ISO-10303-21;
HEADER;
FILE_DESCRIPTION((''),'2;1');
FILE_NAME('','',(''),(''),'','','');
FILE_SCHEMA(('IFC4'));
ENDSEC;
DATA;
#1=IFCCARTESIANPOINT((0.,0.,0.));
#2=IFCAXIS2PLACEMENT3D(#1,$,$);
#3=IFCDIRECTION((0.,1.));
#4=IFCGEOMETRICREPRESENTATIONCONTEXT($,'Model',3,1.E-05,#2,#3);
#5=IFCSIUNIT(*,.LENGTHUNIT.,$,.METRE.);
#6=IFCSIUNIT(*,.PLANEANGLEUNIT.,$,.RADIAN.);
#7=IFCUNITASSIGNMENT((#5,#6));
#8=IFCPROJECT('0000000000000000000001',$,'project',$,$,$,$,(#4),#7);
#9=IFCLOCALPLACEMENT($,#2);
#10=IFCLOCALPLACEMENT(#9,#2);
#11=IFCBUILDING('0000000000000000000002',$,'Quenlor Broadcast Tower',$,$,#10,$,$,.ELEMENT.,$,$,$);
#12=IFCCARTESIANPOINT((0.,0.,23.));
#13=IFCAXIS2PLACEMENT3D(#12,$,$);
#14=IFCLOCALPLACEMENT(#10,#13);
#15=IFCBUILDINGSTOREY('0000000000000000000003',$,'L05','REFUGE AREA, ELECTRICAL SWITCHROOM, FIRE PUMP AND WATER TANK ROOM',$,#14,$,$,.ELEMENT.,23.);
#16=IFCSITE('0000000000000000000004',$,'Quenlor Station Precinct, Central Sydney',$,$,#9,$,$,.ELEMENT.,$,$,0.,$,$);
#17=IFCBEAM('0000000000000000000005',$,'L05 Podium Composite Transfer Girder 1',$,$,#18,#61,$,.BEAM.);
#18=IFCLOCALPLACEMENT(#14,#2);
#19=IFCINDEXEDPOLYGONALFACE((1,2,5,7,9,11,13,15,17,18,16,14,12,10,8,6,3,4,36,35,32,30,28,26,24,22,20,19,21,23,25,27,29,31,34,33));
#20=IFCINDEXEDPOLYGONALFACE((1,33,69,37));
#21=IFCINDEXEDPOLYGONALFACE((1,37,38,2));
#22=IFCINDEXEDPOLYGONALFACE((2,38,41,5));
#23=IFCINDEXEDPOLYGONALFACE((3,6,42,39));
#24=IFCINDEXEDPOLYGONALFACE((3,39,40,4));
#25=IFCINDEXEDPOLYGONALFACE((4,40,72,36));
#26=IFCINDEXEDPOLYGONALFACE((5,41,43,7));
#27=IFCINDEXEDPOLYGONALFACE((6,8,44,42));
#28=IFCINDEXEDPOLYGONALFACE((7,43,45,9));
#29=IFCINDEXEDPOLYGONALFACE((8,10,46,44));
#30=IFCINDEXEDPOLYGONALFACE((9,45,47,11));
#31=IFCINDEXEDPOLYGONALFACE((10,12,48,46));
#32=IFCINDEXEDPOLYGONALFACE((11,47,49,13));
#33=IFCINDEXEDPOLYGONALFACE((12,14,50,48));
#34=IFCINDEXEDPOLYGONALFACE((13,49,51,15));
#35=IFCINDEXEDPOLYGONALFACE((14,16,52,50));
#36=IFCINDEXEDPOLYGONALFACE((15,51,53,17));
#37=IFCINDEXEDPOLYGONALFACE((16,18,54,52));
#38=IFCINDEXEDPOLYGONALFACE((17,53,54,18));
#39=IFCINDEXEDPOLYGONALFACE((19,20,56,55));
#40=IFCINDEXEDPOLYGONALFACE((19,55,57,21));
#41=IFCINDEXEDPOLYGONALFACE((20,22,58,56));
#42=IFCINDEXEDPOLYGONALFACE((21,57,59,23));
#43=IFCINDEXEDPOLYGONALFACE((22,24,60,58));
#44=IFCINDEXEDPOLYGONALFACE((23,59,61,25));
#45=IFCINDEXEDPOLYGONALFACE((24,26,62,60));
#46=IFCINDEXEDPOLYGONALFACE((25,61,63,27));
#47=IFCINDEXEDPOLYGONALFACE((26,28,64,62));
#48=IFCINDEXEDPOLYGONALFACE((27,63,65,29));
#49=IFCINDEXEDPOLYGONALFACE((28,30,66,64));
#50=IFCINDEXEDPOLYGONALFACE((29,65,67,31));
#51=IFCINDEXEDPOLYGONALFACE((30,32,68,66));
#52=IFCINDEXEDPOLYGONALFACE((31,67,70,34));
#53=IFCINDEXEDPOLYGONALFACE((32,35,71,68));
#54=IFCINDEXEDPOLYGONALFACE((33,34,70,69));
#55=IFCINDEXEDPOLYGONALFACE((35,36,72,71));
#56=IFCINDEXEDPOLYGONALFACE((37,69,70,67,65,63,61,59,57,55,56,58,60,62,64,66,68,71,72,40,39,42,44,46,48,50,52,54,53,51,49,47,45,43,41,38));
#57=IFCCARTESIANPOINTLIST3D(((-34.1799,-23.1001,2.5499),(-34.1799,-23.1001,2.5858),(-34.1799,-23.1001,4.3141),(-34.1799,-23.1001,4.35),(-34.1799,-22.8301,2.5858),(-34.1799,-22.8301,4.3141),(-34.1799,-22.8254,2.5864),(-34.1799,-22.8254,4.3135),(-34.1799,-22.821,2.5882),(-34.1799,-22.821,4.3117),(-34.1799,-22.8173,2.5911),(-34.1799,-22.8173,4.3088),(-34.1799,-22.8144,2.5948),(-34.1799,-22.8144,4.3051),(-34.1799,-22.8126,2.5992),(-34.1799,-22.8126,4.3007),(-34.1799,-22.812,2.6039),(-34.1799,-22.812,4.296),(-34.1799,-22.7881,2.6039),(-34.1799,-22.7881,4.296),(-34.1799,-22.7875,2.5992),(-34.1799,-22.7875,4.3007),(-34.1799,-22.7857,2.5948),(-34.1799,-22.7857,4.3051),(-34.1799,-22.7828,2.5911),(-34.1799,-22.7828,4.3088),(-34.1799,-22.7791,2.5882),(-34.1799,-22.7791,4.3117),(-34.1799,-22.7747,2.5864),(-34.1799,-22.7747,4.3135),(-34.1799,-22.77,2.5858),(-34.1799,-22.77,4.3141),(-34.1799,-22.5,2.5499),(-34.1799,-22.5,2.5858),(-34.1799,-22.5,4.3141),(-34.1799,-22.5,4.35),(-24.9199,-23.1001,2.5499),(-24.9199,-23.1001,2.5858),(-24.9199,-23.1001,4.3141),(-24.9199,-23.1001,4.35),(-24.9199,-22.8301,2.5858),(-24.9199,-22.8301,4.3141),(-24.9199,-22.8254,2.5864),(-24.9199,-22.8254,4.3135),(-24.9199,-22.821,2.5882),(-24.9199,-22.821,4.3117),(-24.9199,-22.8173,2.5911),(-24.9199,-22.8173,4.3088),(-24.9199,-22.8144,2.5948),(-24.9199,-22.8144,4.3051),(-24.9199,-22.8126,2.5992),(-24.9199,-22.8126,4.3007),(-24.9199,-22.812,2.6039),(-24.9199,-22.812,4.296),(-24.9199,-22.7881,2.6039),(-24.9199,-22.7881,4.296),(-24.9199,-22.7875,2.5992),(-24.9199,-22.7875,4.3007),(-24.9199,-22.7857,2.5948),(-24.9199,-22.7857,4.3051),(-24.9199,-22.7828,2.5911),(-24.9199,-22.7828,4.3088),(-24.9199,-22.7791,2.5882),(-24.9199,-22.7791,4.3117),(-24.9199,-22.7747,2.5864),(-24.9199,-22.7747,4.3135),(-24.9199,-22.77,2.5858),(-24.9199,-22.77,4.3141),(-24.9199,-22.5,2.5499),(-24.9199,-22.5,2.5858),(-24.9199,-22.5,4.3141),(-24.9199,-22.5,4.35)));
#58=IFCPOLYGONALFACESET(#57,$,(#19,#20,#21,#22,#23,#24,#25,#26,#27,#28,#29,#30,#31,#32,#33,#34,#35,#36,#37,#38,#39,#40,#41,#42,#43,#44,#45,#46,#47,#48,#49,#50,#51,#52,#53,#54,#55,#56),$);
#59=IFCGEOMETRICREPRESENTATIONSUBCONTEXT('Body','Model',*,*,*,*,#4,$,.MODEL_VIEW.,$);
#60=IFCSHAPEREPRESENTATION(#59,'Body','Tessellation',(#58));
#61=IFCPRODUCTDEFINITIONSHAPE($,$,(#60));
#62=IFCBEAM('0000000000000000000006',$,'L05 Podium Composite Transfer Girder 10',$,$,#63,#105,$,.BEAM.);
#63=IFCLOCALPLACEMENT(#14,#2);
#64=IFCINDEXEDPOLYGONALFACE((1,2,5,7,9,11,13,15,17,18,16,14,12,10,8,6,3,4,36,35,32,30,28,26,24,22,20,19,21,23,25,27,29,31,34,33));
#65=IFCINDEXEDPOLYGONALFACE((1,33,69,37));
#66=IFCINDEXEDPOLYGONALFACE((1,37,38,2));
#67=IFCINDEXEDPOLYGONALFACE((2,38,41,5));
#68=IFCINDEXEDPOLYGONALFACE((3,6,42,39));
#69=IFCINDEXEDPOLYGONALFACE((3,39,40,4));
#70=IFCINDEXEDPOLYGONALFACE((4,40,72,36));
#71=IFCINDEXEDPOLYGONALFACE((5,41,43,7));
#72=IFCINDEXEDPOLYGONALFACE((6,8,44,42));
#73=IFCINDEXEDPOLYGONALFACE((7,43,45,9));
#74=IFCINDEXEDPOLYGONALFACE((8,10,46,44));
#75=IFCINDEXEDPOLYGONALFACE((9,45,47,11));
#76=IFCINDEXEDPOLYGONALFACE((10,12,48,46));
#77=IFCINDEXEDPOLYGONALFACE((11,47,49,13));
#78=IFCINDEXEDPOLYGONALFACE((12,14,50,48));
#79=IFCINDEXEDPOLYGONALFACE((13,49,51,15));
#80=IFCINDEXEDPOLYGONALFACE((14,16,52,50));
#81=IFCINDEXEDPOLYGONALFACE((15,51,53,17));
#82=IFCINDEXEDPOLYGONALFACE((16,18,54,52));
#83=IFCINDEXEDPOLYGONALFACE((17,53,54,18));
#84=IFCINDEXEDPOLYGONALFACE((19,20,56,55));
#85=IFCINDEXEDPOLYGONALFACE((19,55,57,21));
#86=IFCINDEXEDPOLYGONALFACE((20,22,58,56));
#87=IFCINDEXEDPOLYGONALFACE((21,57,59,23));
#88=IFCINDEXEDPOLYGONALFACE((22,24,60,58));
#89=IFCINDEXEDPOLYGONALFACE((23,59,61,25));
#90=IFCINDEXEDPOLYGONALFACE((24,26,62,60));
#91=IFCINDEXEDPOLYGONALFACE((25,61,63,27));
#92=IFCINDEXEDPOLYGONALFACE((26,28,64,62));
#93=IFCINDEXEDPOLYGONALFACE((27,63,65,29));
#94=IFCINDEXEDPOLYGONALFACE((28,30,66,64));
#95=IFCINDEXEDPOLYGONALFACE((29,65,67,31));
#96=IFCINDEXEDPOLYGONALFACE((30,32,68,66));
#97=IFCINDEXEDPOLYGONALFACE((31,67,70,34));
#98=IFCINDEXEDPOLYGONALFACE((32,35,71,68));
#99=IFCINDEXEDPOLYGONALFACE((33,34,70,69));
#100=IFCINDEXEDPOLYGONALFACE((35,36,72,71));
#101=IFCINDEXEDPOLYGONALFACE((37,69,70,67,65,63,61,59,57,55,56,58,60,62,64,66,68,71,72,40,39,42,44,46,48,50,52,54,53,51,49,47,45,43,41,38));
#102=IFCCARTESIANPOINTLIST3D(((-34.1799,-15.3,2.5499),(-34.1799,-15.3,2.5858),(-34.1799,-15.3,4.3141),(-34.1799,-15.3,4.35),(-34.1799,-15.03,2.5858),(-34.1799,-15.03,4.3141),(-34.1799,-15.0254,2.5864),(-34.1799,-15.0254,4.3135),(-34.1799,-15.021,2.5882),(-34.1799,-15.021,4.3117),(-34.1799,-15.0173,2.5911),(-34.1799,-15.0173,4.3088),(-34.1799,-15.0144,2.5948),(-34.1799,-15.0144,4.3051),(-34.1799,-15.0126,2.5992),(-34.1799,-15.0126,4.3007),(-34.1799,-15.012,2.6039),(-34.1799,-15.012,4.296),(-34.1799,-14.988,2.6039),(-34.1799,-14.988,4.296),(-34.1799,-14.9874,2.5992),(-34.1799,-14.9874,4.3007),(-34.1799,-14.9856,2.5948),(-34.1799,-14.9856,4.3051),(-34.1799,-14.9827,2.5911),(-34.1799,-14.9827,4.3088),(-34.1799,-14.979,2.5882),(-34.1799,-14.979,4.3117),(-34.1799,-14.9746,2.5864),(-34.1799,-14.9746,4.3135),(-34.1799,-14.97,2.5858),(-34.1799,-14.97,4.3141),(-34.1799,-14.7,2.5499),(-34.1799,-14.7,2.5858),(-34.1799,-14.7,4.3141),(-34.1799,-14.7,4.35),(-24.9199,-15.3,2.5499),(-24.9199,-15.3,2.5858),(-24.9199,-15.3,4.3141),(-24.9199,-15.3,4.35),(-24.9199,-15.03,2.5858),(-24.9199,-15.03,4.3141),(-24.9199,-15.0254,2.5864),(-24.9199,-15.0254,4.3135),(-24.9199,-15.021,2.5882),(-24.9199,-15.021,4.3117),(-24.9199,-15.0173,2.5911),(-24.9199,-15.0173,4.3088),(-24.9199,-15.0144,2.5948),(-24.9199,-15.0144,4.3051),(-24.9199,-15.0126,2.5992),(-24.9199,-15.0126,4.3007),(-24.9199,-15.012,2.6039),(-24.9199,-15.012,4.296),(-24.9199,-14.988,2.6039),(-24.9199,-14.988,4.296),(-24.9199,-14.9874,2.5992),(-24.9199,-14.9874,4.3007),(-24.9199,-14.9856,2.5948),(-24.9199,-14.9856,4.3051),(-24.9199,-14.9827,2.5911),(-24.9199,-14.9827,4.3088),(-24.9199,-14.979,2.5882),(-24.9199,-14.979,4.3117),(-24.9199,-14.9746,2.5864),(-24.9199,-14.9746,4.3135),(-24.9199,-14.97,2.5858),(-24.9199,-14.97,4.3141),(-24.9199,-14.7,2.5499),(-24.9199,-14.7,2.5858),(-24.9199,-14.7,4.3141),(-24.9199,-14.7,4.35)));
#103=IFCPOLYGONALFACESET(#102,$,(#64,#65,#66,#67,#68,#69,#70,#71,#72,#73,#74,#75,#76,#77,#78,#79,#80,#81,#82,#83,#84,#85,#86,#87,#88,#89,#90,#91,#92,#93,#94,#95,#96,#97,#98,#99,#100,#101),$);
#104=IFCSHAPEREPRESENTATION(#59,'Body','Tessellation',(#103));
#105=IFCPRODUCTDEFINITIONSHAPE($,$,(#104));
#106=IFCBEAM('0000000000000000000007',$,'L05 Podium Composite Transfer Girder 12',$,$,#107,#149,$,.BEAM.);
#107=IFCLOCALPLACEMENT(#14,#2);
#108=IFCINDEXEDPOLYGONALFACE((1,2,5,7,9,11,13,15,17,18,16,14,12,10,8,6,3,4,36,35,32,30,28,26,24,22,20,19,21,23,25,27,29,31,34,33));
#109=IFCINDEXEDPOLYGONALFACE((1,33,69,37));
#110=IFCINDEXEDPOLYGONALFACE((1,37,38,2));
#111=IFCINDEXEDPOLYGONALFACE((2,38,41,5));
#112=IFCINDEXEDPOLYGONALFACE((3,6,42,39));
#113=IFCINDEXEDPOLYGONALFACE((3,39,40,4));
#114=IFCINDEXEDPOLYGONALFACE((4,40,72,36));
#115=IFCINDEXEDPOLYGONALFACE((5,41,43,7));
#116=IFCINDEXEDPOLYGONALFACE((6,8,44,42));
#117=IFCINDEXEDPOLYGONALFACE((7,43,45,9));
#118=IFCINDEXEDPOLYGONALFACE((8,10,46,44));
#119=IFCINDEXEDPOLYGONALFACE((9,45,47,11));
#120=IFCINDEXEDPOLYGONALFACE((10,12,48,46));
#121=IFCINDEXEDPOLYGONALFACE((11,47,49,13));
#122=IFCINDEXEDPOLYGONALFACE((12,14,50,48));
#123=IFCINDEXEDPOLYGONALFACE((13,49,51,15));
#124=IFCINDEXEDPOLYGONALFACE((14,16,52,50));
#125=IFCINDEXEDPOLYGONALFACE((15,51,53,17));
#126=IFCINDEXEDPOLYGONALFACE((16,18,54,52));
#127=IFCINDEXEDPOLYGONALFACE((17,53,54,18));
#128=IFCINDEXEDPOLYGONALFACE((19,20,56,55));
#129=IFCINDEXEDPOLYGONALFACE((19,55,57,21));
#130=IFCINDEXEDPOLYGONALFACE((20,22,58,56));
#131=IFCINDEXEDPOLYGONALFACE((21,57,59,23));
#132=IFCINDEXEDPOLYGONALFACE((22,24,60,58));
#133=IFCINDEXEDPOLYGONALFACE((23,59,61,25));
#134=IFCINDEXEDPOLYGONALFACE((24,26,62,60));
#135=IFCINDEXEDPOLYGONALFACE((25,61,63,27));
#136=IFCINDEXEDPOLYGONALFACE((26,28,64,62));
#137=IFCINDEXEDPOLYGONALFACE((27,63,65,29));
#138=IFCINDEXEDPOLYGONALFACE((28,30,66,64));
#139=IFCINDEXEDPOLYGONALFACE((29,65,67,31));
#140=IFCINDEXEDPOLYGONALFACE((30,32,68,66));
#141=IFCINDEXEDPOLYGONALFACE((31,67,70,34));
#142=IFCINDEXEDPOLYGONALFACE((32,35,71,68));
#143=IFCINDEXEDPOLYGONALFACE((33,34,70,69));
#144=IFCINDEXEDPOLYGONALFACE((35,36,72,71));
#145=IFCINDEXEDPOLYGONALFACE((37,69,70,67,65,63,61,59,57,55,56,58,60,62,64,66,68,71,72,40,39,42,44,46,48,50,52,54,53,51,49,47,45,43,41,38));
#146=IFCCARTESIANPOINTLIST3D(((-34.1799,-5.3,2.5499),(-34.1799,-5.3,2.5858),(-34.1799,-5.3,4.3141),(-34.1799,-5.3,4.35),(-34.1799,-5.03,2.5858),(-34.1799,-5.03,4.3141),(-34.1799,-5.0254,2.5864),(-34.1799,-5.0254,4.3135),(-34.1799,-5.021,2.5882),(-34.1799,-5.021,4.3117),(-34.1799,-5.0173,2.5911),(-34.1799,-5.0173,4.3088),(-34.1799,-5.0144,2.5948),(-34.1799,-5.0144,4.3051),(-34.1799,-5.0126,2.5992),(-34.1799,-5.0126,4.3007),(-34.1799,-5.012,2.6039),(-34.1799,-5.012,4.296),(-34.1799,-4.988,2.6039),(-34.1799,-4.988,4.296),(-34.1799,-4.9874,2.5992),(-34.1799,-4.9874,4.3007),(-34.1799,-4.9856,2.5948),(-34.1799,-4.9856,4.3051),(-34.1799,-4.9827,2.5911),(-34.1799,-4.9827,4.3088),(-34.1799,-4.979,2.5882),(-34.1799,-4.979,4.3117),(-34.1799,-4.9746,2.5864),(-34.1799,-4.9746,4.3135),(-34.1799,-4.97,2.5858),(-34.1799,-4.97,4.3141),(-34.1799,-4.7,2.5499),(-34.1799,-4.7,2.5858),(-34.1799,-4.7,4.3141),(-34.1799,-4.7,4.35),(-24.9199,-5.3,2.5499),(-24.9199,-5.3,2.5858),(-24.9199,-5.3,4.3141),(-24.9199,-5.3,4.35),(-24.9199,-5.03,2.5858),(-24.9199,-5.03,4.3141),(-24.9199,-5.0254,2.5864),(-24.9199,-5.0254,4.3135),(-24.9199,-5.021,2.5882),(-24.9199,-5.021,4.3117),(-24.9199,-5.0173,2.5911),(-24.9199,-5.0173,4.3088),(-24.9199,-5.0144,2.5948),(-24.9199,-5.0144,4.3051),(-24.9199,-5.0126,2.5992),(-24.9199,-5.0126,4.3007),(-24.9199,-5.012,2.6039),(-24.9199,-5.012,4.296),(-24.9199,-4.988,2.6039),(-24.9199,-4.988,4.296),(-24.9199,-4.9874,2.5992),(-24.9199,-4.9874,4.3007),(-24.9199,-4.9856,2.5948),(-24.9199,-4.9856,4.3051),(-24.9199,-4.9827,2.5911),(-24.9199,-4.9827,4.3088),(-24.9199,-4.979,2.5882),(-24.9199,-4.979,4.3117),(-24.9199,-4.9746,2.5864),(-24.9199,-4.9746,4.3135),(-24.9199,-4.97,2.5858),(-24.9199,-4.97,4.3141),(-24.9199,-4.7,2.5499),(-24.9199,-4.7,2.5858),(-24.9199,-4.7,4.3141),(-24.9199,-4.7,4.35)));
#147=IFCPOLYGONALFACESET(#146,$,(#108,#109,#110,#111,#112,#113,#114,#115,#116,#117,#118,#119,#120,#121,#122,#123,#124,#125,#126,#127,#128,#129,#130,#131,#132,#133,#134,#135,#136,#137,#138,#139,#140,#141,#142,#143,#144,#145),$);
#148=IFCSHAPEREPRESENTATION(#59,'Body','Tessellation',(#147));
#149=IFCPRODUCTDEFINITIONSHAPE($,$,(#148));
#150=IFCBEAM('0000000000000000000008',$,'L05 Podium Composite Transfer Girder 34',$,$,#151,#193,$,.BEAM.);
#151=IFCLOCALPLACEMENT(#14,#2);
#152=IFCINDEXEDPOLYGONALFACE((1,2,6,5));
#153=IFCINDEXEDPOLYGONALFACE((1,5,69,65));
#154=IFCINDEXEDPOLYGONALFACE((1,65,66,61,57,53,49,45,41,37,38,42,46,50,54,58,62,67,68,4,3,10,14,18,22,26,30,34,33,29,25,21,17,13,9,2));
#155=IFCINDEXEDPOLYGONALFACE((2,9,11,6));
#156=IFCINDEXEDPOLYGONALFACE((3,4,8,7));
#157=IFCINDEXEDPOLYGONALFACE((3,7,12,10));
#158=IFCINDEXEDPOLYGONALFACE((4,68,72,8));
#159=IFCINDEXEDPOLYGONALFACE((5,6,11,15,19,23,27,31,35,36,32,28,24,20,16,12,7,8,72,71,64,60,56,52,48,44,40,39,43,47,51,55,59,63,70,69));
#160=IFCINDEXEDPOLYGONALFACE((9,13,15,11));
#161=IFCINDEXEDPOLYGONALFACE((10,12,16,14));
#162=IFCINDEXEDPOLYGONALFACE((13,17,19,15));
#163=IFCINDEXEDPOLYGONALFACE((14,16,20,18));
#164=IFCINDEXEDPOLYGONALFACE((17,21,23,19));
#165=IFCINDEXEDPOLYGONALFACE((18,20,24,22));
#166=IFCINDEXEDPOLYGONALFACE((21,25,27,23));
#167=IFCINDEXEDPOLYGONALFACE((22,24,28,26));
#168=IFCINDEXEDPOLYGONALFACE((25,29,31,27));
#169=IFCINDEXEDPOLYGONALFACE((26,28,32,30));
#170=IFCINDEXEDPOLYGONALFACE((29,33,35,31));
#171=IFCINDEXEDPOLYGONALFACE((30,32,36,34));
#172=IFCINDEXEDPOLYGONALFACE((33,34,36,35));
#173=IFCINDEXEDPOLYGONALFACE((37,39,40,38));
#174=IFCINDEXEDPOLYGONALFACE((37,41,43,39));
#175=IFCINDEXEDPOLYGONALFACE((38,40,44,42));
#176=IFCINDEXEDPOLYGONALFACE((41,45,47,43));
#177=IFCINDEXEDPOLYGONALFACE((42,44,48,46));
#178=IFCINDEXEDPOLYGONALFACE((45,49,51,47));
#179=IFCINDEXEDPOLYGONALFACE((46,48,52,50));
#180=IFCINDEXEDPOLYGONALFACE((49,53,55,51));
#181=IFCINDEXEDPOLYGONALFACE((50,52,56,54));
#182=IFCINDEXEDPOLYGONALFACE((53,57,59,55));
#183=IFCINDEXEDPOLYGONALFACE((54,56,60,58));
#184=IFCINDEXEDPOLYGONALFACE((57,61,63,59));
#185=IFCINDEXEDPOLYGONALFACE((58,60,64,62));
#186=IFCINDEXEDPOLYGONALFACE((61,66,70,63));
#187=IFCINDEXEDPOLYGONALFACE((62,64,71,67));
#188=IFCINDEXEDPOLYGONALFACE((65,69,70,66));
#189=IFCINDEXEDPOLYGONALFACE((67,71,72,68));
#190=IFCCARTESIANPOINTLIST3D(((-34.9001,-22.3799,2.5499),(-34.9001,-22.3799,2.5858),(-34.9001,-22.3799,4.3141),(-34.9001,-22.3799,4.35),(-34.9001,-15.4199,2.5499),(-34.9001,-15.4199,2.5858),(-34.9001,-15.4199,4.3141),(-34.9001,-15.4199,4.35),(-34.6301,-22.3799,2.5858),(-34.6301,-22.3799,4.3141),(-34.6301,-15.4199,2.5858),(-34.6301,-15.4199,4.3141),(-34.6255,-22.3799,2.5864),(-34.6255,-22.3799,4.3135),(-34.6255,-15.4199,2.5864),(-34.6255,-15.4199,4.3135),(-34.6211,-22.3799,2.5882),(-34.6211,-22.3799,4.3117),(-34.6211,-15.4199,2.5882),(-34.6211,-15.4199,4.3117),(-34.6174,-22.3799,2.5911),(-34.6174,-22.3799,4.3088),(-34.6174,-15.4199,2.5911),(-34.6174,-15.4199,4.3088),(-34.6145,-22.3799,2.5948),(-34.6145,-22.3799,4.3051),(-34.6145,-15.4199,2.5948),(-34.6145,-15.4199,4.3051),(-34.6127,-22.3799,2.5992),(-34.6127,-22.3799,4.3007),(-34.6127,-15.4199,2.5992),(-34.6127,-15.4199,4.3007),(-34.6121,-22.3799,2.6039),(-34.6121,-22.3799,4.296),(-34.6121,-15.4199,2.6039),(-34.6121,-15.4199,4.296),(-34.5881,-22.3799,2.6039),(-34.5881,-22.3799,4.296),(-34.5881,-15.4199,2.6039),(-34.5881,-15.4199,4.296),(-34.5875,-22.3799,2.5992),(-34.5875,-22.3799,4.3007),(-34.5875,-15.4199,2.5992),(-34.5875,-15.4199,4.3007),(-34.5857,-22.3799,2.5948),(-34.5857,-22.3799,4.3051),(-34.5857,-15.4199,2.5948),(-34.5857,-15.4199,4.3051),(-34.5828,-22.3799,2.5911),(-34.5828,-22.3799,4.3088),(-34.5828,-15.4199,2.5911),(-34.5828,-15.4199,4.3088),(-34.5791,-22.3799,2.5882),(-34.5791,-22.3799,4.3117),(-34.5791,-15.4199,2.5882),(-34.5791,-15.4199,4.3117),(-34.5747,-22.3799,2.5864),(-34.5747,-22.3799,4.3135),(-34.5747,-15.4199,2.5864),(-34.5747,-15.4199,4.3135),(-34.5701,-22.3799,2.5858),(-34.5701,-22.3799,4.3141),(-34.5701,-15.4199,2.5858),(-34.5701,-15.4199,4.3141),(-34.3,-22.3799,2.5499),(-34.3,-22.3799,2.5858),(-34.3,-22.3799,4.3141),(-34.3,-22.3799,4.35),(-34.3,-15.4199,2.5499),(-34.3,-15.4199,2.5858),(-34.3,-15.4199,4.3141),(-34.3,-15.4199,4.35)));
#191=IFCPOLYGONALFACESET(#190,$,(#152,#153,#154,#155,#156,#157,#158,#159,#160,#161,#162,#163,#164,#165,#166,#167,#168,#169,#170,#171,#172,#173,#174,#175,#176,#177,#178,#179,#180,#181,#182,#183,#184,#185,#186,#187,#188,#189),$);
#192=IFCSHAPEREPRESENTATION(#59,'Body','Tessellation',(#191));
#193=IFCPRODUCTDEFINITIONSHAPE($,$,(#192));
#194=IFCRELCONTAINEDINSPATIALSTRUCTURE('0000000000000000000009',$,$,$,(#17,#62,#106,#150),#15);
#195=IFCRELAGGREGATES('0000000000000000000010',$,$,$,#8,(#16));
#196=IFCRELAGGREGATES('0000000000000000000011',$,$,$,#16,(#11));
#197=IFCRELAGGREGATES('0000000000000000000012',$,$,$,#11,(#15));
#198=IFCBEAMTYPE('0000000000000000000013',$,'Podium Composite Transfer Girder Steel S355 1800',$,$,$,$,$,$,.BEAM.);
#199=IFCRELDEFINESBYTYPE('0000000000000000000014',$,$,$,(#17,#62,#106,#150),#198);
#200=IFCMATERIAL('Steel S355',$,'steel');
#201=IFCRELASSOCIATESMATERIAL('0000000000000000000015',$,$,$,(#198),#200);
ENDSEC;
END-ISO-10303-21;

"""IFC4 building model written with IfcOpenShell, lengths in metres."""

from ifc_helpers import new_model, si_unit, direction, frame, origin, origin_2d, place, context, subcontext, project, spatial, i_section, extrude, material, material_profile, profile_set, type_object, element, save


model = new_model("IFC4")

# Units and contexts
model_context = context("Model", 3, precision=1e-05, world=origin(), true_north=direction((0.0, 1.0)))
body_context = subcontext(model_context, "Body", "Model", "MODEL_VIEW")
ifc_project = project(units=[si_unit("LENGTHUNIT", "METRE"), si_unit("PLANEANGLEUNIT", "RADIAN")], contexts=[model_context])

# Site, building, storey
site_placement = place(None, origin())
site = spatial("IfcSite", under=ifc_project, at=site_placement, Name="Quenlor Station Precinct, Central Sydney", CompositionType="ELEMENT", RefElevation=0.0)
building_placement = place(site_placement, origin())
building = spatial("IfcBuilding", under=site, at=building_placement, Name="Quenlor Broadcast Tower", CompositionType="ELEMENT")
storey_placement = place(building_placement, frame((0.0, 0.0, 23.0)))
storey = spatial("IfcBuildingStorey", under=building, at=storey_placement, Name="L05", Description="REFUGE AREA, ELECTRICAL SWITCHROOM, FIRE PUMP AND WATER TANK ROOM", CompositionType="ELEMENT", Elevation=23.0)

# Beams
ifc_material_1 = material(Name="Steel S355", Category="steel")
ifc_material_profile_1 = material_profile(ifc_material_1, i_section(OverallWidth=0.6001, OverallDepth=1.8, WebThickness=0.0239, FlangeThickness=0.0359, FilletRadius=0.0181, at=origin_2d()))
ifc_profile_set_1 = profile_set([ifc_material_profile_1], Name="Steel S355 1800TG620")
beam_type = type_object("IfcBeamType", Name="Podium Composite Transfer Girder Steel S355 1800", PredefinedType="BEAM", material=ifc_profile_set_1)
for number, where, z_axis, x_axis, name in (
    (1, (-34.1799, -22.8, 3.45), (1.0, 0.0, 0.0), (0.0, 1.0, 0.0), "L05 Podium Composite Transfer Girder 1"),
    (2, (-34.1799, -15.0, 3.45), (1.0, 0.0, 0.0), (0.0, 1.0, 0.0), "L05 Podium Composite Transfer Girder 10"),
    (3, (-34.1799, -5.0, 3.45), (1.0, 0.0, 0.0), (0.0, 1.0, 0.0), "L05 Podium Composite Transfer Girder 12"),
):
    element("IfcBeam", number, at=place(storey_placement, frame(where, z_axis=z_axis, x_axis=x_axis)), inside=storey, type_object=beam_type, Name=name, PredefinedType="BEAM", context=body_context, shape_type="SweptSolid", body=[
        extrude(i_section(OverallWidth=0.6001, OverallDepth=1.8, WebThickness=0.0239, FlangeThickness=0.0359, FilletRadius=0.0181, at=origin_2d()), origin(), (0.0, 0.0, 1.0), 9.26),
    ])
beam_1_placement = place(storey_placement, frame((-34.6001, -22.3799, 3.45), z_axis=(0.0, 1.0, 0.0), x_axis=(-1.0, 0.0, 0.0)))
element("IfcBeam", 4, at=beam_1_placement, inside=storey, type_object=beam_type, Name="L05 Podium Composite Transfer Girder 34", PredefinedType="BEAM", context=body_context, shape_type="SweptSolid", body=[
    extrude(i_section(OverallWidth=0.6001, OverallDepth=1.8, WebThickness=0.0239, FlangeThickness=0.0359, FilletRadius=0.0181, at=origin_2d()), origin(), (0.0, 0.0, 1.0), 6.96),
])

save(model, "model.ifc")
